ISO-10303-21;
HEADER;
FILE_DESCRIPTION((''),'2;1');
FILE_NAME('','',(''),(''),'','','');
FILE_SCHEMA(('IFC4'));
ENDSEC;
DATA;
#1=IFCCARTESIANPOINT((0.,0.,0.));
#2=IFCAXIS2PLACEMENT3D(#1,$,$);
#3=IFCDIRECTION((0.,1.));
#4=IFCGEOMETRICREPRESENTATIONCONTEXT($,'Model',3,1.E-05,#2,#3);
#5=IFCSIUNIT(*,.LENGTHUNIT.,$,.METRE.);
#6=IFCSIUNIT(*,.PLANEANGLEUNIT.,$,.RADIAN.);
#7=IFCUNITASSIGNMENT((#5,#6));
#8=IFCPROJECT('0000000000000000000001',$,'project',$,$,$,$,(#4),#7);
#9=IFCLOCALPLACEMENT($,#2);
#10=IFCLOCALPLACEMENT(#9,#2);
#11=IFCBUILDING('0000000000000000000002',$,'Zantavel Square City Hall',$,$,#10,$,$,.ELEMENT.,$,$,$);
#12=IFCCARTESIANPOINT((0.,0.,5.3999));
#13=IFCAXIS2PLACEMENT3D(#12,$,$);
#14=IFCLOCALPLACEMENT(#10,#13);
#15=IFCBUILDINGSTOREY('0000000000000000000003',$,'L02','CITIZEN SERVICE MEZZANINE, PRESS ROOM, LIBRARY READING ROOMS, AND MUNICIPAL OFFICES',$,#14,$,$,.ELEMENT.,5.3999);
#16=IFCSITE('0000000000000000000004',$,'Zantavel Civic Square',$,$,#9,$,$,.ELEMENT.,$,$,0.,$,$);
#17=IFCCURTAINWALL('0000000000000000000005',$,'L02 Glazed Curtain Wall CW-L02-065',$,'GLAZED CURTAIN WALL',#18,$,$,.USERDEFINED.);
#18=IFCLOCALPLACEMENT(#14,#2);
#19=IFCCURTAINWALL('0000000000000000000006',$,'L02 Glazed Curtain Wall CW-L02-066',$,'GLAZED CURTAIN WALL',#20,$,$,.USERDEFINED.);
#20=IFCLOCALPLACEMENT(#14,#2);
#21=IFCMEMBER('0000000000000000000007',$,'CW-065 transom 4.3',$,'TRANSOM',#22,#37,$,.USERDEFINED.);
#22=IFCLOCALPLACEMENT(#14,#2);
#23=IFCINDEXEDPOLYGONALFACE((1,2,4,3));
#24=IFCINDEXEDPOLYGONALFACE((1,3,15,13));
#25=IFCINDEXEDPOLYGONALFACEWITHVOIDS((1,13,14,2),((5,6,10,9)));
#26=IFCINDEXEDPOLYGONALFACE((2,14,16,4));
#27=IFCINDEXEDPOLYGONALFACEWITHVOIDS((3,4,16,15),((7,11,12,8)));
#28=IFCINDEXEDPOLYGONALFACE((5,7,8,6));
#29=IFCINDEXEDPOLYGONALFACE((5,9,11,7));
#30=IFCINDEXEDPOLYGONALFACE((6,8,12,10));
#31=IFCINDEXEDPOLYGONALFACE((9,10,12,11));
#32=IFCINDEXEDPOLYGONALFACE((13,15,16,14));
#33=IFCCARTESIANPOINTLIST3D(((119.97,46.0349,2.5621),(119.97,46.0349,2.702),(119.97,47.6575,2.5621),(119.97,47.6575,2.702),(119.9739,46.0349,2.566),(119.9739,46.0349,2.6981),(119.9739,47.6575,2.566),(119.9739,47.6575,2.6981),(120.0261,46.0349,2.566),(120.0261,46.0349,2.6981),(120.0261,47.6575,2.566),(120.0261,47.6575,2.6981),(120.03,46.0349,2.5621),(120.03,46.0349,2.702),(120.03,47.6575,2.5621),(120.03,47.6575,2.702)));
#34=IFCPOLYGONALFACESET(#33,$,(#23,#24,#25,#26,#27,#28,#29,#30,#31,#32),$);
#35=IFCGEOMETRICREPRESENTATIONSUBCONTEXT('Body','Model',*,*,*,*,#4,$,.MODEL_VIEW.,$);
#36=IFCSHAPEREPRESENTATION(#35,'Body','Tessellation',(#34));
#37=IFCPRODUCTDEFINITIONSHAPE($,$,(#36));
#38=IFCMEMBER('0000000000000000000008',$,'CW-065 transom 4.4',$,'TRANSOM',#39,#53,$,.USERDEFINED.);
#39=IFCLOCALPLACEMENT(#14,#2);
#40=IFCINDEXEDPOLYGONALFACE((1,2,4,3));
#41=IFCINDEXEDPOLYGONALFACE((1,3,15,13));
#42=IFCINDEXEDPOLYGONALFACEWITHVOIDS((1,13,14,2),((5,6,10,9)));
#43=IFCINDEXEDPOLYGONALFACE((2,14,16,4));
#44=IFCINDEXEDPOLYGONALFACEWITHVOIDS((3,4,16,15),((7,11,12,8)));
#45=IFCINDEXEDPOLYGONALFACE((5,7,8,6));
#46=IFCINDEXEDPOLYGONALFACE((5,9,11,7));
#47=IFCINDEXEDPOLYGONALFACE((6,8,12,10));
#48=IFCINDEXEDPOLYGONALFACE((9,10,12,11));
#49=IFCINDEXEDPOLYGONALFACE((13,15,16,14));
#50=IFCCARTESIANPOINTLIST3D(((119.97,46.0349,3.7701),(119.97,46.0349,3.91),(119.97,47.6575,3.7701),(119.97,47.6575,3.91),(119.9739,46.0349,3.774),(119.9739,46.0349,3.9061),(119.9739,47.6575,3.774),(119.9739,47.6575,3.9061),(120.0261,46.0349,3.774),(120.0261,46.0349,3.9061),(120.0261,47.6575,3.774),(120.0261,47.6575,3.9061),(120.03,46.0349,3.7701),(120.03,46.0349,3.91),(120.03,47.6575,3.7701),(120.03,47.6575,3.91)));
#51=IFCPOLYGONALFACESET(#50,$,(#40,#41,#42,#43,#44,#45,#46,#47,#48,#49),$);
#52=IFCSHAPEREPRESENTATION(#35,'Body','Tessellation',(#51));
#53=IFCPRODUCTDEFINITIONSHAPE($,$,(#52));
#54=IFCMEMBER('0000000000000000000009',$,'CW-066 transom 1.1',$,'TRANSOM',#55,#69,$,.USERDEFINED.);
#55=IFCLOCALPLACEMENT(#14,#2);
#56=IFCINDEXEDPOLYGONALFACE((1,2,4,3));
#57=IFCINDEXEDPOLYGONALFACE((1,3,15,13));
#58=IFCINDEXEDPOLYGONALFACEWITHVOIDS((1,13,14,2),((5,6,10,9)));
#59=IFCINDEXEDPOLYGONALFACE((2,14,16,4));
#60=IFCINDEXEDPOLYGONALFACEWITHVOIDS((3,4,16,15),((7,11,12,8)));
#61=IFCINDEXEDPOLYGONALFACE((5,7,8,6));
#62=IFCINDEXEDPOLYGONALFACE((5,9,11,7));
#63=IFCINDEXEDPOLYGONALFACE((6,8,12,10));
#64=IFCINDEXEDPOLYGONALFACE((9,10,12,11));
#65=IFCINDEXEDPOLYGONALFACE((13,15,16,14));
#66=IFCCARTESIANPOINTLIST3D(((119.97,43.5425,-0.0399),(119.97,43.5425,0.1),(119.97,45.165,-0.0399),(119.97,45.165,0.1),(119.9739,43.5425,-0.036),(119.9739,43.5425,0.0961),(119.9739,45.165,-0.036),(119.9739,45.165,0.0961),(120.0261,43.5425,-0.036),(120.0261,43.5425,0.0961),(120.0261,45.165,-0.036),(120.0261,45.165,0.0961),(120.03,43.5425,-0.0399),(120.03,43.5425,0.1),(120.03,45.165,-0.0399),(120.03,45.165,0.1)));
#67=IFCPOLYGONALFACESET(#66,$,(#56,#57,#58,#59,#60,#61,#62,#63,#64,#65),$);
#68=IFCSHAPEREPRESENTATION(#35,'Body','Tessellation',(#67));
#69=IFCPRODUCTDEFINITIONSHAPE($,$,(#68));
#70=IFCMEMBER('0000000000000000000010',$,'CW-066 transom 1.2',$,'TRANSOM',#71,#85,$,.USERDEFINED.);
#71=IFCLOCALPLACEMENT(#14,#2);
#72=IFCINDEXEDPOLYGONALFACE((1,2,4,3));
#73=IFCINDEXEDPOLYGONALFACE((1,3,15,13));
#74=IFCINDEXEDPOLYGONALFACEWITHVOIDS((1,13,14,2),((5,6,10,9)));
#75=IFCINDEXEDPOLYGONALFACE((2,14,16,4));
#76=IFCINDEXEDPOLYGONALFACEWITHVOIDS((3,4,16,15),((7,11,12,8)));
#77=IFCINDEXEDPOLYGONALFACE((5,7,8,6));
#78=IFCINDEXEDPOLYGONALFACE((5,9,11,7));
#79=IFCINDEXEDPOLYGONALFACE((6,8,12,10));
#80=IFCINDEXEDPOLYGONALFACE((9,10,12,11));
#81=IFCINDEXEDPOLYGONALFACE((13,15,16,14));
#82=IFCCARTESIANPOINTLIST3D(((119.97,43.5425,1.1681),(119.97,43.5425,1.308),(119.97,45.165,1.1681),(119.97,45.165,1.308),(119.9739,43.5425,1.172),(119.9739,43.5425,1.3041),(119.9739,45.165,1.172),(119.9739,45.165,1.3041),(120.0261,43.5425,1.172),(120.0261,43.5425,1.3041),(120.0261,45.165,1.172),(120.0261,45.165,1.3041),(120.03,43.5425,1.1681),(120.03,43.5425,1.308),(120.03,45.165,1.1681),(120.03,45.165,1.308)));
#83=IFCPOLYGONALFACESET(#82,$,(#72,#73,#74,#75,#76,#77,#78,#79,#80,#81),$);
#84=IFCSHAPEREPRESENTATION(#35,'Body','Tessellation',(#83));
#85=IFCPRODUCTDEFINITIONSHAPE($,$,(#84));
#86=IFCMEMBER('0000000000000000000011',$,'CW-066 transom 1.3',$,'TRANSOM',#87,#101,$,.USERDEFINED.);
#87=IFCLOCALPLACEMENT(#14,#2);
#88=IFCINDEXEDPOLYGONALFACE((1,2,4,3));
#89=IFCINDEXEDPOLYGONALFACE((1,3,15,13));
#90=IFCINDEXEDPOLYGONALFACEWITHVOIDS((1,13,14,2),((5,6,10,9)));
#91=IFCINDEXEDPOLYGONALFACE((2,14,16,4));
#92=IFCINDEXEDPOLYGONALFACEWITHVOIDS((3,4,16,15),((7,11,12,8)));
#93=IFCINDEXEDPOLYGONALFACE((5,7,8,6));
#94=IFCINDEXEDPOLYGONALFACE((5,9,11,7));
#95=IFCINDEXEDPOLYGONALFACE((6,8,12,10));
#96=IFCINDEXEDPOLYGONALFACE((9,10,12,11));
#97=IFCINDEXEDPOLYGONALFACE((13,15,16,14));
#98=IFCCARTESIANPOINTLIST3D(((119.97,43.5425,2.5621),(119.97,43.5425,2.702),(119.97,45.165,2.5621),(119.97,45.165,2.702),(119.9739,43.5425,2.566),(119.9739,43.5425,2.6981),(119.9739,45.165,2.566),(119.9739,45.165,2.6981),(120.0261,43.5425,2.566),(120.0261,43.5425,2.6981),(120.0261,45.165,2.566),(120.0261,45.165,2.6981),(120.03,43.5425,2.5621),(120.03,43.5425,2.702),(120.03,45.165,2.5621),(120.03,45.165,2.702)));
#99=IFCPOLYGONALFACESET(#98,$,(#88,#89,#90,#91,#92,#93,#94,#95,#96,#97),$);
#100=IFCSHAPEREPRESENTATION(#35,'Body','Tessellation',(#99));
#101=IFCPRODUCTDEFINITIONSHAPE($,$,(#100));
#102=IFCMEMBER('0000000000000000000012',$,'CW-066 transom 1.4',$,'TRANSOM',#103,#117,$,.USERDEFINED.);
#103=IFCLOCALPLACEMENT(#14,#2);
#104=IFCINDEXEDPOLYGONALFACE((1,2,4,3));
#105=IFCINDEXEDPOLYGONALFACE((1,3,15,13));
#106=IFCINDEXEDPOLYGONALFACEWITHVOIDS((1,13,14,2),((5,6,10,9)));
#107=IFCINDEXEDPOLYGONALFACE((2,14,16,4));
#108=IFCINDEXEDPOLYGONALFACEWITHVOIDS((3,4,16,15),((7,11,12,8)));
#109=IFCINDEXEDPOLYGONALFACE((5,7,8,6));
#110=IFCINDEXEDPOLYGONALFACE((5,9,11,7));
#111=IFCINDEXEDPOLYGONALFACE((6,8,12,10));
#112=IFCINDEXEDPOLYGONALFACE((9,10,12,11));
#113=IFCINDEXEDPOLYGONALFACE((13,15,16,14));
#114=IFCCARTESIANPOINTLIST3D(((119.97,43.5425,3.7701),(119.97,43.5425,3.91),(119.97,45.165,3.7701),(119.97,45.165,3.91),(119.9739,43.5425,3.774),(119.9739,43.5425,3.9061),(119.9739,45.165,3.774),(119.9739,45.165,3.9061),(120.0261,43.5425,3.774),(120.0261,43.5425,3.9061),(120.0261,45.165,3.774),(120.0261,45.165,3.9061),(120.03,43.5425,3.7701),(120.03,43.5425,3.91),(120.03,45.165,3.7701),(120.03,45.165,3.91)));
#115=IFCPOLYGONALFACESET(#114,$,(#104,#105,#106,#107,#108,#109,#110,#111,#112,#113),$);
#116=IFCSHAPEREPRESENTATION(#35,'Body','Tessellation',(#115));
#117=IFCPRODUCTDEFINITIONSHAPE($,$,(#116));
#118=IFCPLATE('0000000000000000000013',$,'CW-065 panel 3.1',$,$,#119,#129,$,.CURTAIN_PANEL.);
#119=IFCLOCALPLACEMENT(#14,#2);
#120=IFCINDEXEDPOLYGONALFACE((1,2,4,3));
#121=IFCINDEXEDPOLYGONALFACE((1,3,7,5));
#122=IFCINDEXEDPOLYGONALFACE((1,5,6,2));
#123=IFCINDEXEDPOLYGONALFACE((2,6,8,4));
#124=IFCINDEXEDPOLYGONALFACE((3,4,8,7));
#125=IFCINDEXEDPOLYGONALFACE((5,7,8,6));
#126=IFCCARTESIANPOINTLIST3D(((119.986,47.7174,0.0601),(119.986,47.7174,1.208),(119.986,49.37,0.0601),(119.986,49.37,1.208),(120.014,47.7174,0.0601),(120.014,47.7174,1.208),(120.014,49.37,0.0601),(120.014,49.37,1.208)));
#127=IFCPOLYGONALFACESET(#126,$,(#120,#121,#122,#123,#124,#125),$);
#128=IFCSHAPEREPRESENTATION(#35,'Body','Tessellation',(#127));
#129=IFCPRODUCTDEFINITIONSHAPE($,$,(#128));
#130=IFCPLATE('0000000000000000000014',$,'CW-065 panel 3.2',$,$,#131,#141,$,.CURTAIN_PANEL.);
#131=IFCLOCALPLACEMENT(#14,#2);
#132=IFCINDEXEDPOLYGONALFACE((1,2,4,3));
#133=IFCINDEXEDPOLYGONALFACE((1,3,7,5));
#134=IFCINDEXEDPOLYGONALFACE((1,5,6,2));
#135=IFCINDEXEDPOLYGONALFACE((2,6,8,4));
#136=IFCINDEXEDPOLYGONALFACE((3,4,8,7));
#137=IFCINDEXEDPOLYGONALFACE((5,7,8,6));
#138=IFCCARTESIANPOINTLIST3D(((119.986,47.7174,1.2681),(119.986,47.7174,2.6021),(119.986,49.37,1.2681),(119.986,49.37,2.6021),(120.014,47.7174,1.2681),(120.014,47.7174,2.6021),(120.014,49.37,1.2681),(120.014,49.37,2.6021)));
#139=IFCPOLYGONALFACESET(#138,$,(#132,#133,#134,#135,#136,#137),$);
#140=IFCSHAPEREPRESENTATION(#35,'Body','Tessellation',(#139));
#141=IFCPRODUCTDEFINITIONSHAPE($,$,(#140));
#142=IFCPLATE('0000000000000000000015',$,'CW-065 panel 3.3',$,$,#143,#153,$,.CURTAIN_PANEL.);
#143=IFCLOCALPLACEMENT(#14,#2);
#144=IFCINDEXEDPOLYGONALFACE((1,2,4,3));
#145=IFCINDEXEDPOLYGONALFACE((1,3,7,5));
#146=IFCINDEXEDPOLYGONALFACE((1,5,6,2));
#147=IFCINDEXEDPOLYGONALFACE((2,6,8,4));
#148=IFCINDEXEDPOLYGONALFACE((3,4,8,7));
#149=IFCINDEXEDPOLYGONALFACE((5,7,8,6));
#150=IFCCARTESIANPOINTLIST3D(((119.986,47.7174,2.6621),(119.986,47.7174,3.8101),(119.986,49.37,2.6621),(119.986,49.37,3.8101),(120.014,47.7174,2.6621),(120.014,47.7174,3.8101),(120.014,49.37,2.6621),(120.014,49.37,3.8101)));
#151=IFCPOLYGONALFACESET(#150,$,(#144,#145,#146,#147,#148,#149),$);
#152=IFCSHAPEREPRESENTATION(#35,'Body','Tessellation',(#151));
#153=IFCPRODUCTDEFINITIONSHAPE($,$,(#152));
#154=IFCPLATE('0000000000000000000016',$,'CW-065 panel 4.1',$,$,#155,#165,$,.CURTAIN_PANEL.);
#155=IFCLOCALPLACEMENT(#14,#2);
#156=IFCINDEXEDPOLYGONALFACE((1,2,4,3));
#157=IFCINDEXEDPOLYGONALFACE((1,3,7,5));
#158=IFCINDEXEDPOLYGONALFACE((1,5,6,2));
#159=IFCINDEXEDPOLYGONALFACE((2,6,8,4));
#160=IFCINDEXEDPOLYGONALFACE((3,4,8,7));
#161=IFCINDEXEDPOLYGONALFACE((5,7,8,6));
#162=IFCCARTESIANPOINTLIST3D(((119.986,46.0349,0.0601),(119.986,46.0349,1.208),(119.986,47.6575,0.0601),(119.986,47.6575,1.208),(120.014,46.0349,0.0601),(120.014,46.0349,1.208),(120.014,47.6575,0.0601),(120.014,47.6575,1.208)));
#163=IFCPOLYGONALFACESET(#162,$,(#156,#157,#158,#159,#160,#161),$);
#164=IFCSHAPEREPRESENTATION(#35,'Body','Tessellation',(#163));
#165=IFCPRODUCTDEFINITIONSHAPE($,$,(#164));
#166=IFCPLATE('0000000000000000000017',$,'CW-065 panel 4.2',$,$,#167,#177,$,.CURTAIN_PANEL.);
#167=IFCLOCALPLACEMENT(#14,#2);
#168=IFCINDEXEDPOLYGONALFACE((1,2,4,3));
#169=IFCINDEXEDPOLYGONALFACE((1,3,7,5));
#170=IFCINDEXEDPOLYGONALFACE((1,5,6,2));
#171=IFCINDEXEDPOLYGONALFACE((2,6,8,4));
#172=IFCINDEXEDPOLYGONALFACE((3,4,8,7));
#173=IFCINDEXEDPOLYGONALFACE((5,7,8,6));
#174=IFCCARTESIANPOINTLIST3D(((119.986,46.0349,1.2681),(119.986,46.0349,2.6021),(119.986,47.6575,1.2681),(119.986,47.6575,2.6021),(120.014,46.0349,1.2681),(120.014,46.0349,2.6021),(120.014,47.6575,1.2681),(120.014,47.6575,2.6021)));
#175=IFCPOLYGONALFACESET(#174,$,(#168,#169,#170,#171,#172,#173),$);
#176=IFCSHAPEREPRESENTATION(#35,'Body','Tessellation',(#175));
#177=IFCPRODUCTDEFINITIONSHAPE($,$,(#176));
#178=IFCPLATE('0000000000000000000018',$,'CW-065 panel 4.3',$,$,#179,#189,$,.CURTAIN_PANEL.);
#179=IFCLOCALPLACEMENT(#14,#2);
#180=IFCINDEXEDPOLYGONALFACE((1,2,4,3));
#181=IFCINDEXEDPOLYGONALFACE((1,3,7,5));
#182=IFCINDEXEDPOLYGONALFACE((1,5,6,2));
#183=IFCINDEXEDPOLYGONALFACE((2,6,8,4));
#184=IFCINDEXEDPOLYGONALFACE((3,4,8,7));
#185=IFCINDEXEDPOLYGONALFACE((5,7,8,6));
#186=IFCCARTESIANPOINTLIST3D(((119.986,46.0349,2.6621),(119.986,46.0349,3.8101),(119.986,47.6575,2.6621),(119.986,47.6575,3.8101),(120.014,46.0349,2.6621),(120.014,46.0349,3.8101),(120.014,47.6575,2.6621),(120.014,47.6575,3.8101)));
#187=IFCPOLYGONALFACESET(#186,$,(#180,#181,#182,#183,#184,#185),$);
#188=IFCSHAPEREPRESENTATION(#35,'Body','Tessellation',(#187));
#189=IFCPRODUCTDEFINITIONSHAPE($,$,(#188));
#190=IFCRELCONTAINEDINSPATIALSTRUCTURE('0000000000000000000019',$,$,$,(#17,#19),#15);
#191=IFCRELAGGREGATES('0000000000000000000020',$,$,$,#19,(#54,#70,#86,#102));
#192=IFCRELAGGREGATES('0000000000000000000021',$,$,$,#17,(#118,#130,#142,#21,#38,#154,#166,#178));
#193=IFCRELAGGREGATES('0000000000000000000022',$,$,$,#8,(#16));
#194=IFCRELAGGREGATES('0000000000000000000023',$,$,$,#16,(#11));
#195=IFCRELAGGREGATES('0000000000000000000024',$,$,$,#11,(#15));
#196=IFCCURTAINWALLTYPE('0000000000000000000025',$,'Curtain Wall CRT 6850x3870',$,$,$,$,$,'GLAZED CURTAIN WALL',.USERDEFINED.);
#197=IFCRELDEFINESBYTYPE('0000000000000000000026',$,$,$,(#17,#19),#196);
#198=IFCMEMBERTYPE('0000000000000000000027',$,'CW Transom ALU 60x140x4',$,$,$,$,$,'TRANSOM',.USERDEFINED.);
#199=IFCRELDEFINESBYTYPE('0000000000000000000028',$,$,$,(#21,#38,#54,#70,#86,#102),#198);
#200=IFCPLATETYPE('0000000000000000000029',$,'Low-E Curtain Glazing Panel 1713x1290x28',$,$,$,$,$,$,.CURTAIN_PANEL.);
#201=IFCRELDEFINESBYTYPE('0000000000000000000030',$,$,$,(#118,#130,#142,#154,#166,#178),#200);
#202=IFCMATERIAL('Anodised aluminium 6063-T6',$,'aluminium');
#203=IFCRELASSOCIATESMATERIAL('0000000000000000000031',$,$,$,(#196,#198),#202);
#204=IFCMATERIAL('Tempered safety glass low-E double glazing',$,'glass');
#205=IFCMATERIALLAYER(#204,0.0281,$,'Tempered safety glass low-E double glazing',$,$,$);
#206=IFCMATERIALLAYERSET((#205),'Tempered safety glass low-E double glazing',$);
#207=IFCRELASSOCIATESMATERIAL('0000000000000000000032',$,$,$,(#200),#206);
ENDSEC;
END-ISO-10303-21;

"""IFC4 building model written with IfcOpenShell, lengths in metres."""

from ifc_helpers import new_model, si_unit, direction, frame, origin, origin_2d, place, context, subcontext, project, spatial, rectangle, hollow_rectangle, extrude, material, layer, layer_set, material_profile, profile_set, type_object, element, aggregate, save


model = new_model("IFC4")

# Units and contexts
model_context = context("Model", 3, precision=1e-05, world=origin(), true_north=direction((0.0, 1.0)))
body_context = subcontext(model_context, "Body", "Model", "MODEL_VIEW")
ifc_project = project(units=[si_unit("LENGTHUNIT", "METRE"), si_unit("PLANEANGLEUNIT", "RADIAN")], contexts=[model_context])

# Site, building, storey
site_placement = place(None, origin())
site = spatial("IfcSite", under=ifc_project, at=site_placement, Name="Zantavel Civic Square", CompositionType="ELEMENT", RefElevation=0.0)
building_placement = place(site_placement, origin())
building = spatial("IfcBuilding", under=site, at=building_placement, Name="Zantavel Square City Hall", CompositionType="ELEMENT")
storey_placement = place(building_placement, frame((0.0, 0.0, 5.3999)))
storey = spatial("IfcBuildingStorey", under=building, at=storey_placement, Name="L02", Description="CITIZEN SERVICE MEZZANINE, PRESS ROOM, LIBRARY READING ROOMS, AND MUNICIPAL OFFICES", CompositionType="ELEMENT", Elevation=5.3999)

# Curtain wall
ifc_material_1 = material(Name="Anodised aluminium 6063-T6", Category="aluminium")
curtain_wall_type = type_object("IfcCurtainWallType", Name="Curtain Wall CRT 6850x3870", ElementType="GLAZED CURTAIN WALL", PredefinedType="USERDEFINED", material=ifc_material_1)
curtain_wall_1_placement = place(storey_placement, origin())
curtain_wall_1 = element("IfcCurtainWall", 1, at=curtain_wall_1_placement, inside=storey, type_object=curtain_wall_type, Name="L02 Glazed Curtain Wall CW-L02-065", ObjectType="GLAZED CURTAIN WALL", PredefinedType="USERDEFINED")

# Curtain wall
curtain_wall_2_placement = place(storey_placement, origin())
curtain_wall_2 = element("IfcCurtainWall", 2, at=curtain_wall_2_placement, inside=storey, type_object=curtain_wall_type, Name="L02 Glazed Curtain Wall CW-L02-066", ObjectType="GLAZED CURTAIN WALL", PredefinedType="USERDEFINED")

# Members
ifc_material_profile_1 = material_profile(ifc_material_1, hollow_rectangle(XDim=0.0601, YDim=0.1399, WallThickness=0.0039, at=origin_2d()), Name="ALU 60x140x4")
ifc_profile_set_1 = profile_set([ifc_material_profile_1], Name="Anodised aluminium 6063-T6")
member_type_1 = type_object("IfcMemberType", Name="CW Transom ALU 60x140x4", ElementType="TRANSOM", PredefinedType="USERDEFINED", material=ifc_profile_set_1)
member_1_placement = place(storey_placement, frame((120.0, 47.6575, 2.6321), z_axis=(0.0, -1.0, 0.0), x_axis=(1.0, 0.0, 0.0)))
member_1 = element("IfcMember", 3, at=member_1_placement, type_object=member_type_1, Name="CW-065 transom 4.3", ObjectType="TRANSOM", PredefinedType="USERDEFINED", context=body_context, shape_type="SweptSolid", body=[
    extrude(hollow_rectangle(XDim=0.0601, YDim=0.1399, WallThickness=0.0039, at=origin_2d()), origin(), (0.0, 0.0, 1.0), 1.6226),
])
member_2_placement = place(storey_placement, frame((120.0, 47.6575, 3.8401), z_axis=(0.0, -1.0, 0.0), x_axis=(1.0, 0.0, 0.0)))
member_2 = element("IfcMember", 4, at=member_2_placement, type_object=member_type_1, Name="CW-065 transom 4.4", ObjectType="TRANSOM", PredefinedType="USERDEFINED", context=body_context, shape_type="SweptSolid", body=[
    extrude(hollow_rectangle(XDim=0.0601, YDim=0.1399, WallThickness=0.0039, at=origin_2d()), origin(), (0.0, 0.0, 1.0), 1.6226),
])
member_3_placement = place(storey_placement, frame((120.0, 45.165, 0.03), z_axis=(0.0, -1.0, 0.0), x_axis=(1.0, 0.0, 0.0)))
member_3 = element("IfcMember", 5, at=member_3_placement, type_object=member_type_1, Name="CW-066 transom 1.1", ObjectType="TRANSOM", PredefinedType="USERDEFINED", context=body_context, shape_type="SweptSolid", body=[
    extrude(hollow_rectangle(XDim=0.0601, YDim=0.1399, WallThickness=0.0039, at=origin_2d()), origin(), (0.0, 0.0, 1.0), 1.6226),
])
member_4_placement = place(storey_placement, frame((120.0, 45.165, 1.238), z_axis=(0.0, -1.0, 0.0), x_axis=(1.0, 0.0, 0.0)))
member_4 = element("IfcMember", 6, at=member_4_placement, type_object=member_type_1, Name="CW-066 transom 1.2", ObjectType="TRANSOM", PredefinedType="USERDEFINED", context=body_context, shape_type="SweptSolid", body=[
    extrude(hollow_rectangle(XDim=0.0601, YDim=0.1399, WallThickness=0.0039, at=origin_2d()), origin(), (0.0, 0.0, 1.0), 1.6226),
])
member_5_placement = place(storey_placement, frame((120.0, 45.165, 2.6321), z_axis=(0.0, -1.0, 0.0), x_axis=(1.0, 0.0, 0.0)))
member_5 = element("IfcMember", 7, at=member_5_placement, type_object=member_type_1, Name="CW-066 transom 1.3", ObjectType="TRANSOM", PredefinedType="USERDEFINED", context=body_context, shape_type="SweptSolid", body=[
    extrude(hollow_rectangle(XDim=0.0601, YDim=0.1399, WallThickness=0.0039, at=origin_2d()), origin(), (0.0, 0.0, 1.0), 1.6226),
])
member_6_placement = place(storey_placement, frame((120.0, 45.165, 3.8401), z_axis=(0.0, -1.0, 0.0), x_axis=(1.0, 0.0, 0.0)))
member_6 = element("IfcMember", 8, at=member_6_placement, type_object=member_type_1, Name="CW-066 transom 1.4", ObjectType="TRANSOM", PredefinedType="USERDEFINED", context=body_context, shape_type="SweptSolid", body=[
    extrude(hollow_rectangle(XDim=0.0601, YDim=0.1399, WallThickness=0.0039, at=origin_2d()), origin(), (0.0, 0.0, 1.0), 1.6226),
])
aggregate(curtain_wall_2, [member_3, member_4, member_5, member_6])

# Plates
ifc_material_2 = material(Name="Tempered safety glass low-E double glazing", Category="glass")
ifc_layer = layer(ifc_material_2, 0.0281, Name="Tempered safety glass low-E double glazing")
ifc_layer_set = layer_set([ifc_layer], Name="Tempered safety glass low-E double glazing")
plate_type = type_object("IfcPlateType", Name="Low-E Curtain Glazing Panel 1713x1290x28", PredefinedType="CURTAIN_PANEL", material=ifc_layer_set)
plate_1_placement = place(storey_placement, frame((120.0, 48.5437, 0.0601), z_axis=(0.0, 0.0, 1.0), x_axis=(0.0, -1.0, 0.0)))
plate_1 = element("IfcPlate", 9, at=plate_1_placement, type_object=plate_type, Name="CW-065 panel 3.1", PredefinedType="CURTAIN_PANEL", context=body_context, shape_type="SweptSolid", body=[
    extrude(rectangle(XDim=1.6526, YDim=0.0281, at=origin_2d()), origin(), (0.0, 0.0, 1.0), 1.1479),
])
plate_2_placement = place(storey_placement, frame((120.0, 48.5437, 1.2681), z_axis=(0.0, 0.0, 1.0), x_axis=(0.0, -1.0, 0.0)))
plate_2 = element("IfcPlate", 10, at=plate_2_placement, type_object=plate_type, Name="CW-065 panel 3.2", PredefinedType="CURTAIN_PANEL", context=body_context, shape_type="SweptSolid", body=[
    extrude(rectangle(XDim=1.6526, YDim=0.0281, at=origin_2d()), origin(), (0.0, 0.0, 1.0), 1.334),
])
plate_3_placement = place(storey_placement, frame((120.0, 48.5437, 2.6621), z_axis=(0.0, 0.0, 1.0), x_axis=(0.0, -1.0, 0.0)))
plate_3 = element("IfcPlate", 11, at=plate_3_placement, type_object=plate_type, Name="CW-065 panel 3.3", PredefinedType="CURTAIN_PANEL", context=body_context, shape_type="SweptSolid", body=[
    extrude(rectangle(XDim=1.6526, YDim=0.0281, at=origin_2d()), origin(), (0.0, 0.0, 1.0), 1.1479),
])
plate_4_placement = place(storey_placement, frame((120.0, 46.8462, 0.0601), z_axis=(0.0, 0.0, 1.0), x_axis=(0.0, -1.0, 0.0)))
plate_4 = element("IfcPlate", 12, at=plate_4_placement, type_object=plate_type, Name="CW-065 panel 4.1", PredefinedType="CURTAIN_PANEL", context=body_context, shape_type="SweptSolid", body=[
    extrude(rectangle(XDim=1.6226, YDim=0.0281, at=origin_2d()), origin(), (0.0, 0.0, 1.0), 1.1479),
])
plate_5_placement = place(storey_placement, frame((120.0, 46.8462, 1.2681), z_axis=(0.0, 0.0, 1.0), x_axis=(0.0, -1.0, 0.0)))
plate_5 = element("IfcPlate", 13, at=plate_5_placement, type_object=plate_type, Name="CW-065 panel 4.2", PredefinedType="CURTAIN_PANEL", context=body_context, shape_type="SweptSolid", body=[
    extrude(rectangle(XDim=1.6226, YDim=0.0281, at=origin_2d()), origin(), (0.0, 0.0, 1.0), 1.334),
])
plate_6_placement = place(storey_placement, frame((120.0, 46.8462, 2.6621), z_axis=(0.0, 0.0, 1.0), x_axis=(0.0, -1.0, 0.0)))
plate_6 = element("IfcPlate", 14, at=plate_6_placement, type_object=plate_type, Name="CW-065 panel 4.3", PredefinedType="CURTAIN_PANEL", context=body_context, shape_type="SweptSolid", body=[
    extrude(rectangle(XDim=1.6226, YDim=0.0281, at=origin_2d()), origin(), (0.0, 0.0, 1.0), 1.1479),
])
aggregate(curtain_wall_1, [plate_1, plate_2, plate_3, member_1, member_2, plate_4, plate_5, plate_6])

save(model, "model.ifc")
